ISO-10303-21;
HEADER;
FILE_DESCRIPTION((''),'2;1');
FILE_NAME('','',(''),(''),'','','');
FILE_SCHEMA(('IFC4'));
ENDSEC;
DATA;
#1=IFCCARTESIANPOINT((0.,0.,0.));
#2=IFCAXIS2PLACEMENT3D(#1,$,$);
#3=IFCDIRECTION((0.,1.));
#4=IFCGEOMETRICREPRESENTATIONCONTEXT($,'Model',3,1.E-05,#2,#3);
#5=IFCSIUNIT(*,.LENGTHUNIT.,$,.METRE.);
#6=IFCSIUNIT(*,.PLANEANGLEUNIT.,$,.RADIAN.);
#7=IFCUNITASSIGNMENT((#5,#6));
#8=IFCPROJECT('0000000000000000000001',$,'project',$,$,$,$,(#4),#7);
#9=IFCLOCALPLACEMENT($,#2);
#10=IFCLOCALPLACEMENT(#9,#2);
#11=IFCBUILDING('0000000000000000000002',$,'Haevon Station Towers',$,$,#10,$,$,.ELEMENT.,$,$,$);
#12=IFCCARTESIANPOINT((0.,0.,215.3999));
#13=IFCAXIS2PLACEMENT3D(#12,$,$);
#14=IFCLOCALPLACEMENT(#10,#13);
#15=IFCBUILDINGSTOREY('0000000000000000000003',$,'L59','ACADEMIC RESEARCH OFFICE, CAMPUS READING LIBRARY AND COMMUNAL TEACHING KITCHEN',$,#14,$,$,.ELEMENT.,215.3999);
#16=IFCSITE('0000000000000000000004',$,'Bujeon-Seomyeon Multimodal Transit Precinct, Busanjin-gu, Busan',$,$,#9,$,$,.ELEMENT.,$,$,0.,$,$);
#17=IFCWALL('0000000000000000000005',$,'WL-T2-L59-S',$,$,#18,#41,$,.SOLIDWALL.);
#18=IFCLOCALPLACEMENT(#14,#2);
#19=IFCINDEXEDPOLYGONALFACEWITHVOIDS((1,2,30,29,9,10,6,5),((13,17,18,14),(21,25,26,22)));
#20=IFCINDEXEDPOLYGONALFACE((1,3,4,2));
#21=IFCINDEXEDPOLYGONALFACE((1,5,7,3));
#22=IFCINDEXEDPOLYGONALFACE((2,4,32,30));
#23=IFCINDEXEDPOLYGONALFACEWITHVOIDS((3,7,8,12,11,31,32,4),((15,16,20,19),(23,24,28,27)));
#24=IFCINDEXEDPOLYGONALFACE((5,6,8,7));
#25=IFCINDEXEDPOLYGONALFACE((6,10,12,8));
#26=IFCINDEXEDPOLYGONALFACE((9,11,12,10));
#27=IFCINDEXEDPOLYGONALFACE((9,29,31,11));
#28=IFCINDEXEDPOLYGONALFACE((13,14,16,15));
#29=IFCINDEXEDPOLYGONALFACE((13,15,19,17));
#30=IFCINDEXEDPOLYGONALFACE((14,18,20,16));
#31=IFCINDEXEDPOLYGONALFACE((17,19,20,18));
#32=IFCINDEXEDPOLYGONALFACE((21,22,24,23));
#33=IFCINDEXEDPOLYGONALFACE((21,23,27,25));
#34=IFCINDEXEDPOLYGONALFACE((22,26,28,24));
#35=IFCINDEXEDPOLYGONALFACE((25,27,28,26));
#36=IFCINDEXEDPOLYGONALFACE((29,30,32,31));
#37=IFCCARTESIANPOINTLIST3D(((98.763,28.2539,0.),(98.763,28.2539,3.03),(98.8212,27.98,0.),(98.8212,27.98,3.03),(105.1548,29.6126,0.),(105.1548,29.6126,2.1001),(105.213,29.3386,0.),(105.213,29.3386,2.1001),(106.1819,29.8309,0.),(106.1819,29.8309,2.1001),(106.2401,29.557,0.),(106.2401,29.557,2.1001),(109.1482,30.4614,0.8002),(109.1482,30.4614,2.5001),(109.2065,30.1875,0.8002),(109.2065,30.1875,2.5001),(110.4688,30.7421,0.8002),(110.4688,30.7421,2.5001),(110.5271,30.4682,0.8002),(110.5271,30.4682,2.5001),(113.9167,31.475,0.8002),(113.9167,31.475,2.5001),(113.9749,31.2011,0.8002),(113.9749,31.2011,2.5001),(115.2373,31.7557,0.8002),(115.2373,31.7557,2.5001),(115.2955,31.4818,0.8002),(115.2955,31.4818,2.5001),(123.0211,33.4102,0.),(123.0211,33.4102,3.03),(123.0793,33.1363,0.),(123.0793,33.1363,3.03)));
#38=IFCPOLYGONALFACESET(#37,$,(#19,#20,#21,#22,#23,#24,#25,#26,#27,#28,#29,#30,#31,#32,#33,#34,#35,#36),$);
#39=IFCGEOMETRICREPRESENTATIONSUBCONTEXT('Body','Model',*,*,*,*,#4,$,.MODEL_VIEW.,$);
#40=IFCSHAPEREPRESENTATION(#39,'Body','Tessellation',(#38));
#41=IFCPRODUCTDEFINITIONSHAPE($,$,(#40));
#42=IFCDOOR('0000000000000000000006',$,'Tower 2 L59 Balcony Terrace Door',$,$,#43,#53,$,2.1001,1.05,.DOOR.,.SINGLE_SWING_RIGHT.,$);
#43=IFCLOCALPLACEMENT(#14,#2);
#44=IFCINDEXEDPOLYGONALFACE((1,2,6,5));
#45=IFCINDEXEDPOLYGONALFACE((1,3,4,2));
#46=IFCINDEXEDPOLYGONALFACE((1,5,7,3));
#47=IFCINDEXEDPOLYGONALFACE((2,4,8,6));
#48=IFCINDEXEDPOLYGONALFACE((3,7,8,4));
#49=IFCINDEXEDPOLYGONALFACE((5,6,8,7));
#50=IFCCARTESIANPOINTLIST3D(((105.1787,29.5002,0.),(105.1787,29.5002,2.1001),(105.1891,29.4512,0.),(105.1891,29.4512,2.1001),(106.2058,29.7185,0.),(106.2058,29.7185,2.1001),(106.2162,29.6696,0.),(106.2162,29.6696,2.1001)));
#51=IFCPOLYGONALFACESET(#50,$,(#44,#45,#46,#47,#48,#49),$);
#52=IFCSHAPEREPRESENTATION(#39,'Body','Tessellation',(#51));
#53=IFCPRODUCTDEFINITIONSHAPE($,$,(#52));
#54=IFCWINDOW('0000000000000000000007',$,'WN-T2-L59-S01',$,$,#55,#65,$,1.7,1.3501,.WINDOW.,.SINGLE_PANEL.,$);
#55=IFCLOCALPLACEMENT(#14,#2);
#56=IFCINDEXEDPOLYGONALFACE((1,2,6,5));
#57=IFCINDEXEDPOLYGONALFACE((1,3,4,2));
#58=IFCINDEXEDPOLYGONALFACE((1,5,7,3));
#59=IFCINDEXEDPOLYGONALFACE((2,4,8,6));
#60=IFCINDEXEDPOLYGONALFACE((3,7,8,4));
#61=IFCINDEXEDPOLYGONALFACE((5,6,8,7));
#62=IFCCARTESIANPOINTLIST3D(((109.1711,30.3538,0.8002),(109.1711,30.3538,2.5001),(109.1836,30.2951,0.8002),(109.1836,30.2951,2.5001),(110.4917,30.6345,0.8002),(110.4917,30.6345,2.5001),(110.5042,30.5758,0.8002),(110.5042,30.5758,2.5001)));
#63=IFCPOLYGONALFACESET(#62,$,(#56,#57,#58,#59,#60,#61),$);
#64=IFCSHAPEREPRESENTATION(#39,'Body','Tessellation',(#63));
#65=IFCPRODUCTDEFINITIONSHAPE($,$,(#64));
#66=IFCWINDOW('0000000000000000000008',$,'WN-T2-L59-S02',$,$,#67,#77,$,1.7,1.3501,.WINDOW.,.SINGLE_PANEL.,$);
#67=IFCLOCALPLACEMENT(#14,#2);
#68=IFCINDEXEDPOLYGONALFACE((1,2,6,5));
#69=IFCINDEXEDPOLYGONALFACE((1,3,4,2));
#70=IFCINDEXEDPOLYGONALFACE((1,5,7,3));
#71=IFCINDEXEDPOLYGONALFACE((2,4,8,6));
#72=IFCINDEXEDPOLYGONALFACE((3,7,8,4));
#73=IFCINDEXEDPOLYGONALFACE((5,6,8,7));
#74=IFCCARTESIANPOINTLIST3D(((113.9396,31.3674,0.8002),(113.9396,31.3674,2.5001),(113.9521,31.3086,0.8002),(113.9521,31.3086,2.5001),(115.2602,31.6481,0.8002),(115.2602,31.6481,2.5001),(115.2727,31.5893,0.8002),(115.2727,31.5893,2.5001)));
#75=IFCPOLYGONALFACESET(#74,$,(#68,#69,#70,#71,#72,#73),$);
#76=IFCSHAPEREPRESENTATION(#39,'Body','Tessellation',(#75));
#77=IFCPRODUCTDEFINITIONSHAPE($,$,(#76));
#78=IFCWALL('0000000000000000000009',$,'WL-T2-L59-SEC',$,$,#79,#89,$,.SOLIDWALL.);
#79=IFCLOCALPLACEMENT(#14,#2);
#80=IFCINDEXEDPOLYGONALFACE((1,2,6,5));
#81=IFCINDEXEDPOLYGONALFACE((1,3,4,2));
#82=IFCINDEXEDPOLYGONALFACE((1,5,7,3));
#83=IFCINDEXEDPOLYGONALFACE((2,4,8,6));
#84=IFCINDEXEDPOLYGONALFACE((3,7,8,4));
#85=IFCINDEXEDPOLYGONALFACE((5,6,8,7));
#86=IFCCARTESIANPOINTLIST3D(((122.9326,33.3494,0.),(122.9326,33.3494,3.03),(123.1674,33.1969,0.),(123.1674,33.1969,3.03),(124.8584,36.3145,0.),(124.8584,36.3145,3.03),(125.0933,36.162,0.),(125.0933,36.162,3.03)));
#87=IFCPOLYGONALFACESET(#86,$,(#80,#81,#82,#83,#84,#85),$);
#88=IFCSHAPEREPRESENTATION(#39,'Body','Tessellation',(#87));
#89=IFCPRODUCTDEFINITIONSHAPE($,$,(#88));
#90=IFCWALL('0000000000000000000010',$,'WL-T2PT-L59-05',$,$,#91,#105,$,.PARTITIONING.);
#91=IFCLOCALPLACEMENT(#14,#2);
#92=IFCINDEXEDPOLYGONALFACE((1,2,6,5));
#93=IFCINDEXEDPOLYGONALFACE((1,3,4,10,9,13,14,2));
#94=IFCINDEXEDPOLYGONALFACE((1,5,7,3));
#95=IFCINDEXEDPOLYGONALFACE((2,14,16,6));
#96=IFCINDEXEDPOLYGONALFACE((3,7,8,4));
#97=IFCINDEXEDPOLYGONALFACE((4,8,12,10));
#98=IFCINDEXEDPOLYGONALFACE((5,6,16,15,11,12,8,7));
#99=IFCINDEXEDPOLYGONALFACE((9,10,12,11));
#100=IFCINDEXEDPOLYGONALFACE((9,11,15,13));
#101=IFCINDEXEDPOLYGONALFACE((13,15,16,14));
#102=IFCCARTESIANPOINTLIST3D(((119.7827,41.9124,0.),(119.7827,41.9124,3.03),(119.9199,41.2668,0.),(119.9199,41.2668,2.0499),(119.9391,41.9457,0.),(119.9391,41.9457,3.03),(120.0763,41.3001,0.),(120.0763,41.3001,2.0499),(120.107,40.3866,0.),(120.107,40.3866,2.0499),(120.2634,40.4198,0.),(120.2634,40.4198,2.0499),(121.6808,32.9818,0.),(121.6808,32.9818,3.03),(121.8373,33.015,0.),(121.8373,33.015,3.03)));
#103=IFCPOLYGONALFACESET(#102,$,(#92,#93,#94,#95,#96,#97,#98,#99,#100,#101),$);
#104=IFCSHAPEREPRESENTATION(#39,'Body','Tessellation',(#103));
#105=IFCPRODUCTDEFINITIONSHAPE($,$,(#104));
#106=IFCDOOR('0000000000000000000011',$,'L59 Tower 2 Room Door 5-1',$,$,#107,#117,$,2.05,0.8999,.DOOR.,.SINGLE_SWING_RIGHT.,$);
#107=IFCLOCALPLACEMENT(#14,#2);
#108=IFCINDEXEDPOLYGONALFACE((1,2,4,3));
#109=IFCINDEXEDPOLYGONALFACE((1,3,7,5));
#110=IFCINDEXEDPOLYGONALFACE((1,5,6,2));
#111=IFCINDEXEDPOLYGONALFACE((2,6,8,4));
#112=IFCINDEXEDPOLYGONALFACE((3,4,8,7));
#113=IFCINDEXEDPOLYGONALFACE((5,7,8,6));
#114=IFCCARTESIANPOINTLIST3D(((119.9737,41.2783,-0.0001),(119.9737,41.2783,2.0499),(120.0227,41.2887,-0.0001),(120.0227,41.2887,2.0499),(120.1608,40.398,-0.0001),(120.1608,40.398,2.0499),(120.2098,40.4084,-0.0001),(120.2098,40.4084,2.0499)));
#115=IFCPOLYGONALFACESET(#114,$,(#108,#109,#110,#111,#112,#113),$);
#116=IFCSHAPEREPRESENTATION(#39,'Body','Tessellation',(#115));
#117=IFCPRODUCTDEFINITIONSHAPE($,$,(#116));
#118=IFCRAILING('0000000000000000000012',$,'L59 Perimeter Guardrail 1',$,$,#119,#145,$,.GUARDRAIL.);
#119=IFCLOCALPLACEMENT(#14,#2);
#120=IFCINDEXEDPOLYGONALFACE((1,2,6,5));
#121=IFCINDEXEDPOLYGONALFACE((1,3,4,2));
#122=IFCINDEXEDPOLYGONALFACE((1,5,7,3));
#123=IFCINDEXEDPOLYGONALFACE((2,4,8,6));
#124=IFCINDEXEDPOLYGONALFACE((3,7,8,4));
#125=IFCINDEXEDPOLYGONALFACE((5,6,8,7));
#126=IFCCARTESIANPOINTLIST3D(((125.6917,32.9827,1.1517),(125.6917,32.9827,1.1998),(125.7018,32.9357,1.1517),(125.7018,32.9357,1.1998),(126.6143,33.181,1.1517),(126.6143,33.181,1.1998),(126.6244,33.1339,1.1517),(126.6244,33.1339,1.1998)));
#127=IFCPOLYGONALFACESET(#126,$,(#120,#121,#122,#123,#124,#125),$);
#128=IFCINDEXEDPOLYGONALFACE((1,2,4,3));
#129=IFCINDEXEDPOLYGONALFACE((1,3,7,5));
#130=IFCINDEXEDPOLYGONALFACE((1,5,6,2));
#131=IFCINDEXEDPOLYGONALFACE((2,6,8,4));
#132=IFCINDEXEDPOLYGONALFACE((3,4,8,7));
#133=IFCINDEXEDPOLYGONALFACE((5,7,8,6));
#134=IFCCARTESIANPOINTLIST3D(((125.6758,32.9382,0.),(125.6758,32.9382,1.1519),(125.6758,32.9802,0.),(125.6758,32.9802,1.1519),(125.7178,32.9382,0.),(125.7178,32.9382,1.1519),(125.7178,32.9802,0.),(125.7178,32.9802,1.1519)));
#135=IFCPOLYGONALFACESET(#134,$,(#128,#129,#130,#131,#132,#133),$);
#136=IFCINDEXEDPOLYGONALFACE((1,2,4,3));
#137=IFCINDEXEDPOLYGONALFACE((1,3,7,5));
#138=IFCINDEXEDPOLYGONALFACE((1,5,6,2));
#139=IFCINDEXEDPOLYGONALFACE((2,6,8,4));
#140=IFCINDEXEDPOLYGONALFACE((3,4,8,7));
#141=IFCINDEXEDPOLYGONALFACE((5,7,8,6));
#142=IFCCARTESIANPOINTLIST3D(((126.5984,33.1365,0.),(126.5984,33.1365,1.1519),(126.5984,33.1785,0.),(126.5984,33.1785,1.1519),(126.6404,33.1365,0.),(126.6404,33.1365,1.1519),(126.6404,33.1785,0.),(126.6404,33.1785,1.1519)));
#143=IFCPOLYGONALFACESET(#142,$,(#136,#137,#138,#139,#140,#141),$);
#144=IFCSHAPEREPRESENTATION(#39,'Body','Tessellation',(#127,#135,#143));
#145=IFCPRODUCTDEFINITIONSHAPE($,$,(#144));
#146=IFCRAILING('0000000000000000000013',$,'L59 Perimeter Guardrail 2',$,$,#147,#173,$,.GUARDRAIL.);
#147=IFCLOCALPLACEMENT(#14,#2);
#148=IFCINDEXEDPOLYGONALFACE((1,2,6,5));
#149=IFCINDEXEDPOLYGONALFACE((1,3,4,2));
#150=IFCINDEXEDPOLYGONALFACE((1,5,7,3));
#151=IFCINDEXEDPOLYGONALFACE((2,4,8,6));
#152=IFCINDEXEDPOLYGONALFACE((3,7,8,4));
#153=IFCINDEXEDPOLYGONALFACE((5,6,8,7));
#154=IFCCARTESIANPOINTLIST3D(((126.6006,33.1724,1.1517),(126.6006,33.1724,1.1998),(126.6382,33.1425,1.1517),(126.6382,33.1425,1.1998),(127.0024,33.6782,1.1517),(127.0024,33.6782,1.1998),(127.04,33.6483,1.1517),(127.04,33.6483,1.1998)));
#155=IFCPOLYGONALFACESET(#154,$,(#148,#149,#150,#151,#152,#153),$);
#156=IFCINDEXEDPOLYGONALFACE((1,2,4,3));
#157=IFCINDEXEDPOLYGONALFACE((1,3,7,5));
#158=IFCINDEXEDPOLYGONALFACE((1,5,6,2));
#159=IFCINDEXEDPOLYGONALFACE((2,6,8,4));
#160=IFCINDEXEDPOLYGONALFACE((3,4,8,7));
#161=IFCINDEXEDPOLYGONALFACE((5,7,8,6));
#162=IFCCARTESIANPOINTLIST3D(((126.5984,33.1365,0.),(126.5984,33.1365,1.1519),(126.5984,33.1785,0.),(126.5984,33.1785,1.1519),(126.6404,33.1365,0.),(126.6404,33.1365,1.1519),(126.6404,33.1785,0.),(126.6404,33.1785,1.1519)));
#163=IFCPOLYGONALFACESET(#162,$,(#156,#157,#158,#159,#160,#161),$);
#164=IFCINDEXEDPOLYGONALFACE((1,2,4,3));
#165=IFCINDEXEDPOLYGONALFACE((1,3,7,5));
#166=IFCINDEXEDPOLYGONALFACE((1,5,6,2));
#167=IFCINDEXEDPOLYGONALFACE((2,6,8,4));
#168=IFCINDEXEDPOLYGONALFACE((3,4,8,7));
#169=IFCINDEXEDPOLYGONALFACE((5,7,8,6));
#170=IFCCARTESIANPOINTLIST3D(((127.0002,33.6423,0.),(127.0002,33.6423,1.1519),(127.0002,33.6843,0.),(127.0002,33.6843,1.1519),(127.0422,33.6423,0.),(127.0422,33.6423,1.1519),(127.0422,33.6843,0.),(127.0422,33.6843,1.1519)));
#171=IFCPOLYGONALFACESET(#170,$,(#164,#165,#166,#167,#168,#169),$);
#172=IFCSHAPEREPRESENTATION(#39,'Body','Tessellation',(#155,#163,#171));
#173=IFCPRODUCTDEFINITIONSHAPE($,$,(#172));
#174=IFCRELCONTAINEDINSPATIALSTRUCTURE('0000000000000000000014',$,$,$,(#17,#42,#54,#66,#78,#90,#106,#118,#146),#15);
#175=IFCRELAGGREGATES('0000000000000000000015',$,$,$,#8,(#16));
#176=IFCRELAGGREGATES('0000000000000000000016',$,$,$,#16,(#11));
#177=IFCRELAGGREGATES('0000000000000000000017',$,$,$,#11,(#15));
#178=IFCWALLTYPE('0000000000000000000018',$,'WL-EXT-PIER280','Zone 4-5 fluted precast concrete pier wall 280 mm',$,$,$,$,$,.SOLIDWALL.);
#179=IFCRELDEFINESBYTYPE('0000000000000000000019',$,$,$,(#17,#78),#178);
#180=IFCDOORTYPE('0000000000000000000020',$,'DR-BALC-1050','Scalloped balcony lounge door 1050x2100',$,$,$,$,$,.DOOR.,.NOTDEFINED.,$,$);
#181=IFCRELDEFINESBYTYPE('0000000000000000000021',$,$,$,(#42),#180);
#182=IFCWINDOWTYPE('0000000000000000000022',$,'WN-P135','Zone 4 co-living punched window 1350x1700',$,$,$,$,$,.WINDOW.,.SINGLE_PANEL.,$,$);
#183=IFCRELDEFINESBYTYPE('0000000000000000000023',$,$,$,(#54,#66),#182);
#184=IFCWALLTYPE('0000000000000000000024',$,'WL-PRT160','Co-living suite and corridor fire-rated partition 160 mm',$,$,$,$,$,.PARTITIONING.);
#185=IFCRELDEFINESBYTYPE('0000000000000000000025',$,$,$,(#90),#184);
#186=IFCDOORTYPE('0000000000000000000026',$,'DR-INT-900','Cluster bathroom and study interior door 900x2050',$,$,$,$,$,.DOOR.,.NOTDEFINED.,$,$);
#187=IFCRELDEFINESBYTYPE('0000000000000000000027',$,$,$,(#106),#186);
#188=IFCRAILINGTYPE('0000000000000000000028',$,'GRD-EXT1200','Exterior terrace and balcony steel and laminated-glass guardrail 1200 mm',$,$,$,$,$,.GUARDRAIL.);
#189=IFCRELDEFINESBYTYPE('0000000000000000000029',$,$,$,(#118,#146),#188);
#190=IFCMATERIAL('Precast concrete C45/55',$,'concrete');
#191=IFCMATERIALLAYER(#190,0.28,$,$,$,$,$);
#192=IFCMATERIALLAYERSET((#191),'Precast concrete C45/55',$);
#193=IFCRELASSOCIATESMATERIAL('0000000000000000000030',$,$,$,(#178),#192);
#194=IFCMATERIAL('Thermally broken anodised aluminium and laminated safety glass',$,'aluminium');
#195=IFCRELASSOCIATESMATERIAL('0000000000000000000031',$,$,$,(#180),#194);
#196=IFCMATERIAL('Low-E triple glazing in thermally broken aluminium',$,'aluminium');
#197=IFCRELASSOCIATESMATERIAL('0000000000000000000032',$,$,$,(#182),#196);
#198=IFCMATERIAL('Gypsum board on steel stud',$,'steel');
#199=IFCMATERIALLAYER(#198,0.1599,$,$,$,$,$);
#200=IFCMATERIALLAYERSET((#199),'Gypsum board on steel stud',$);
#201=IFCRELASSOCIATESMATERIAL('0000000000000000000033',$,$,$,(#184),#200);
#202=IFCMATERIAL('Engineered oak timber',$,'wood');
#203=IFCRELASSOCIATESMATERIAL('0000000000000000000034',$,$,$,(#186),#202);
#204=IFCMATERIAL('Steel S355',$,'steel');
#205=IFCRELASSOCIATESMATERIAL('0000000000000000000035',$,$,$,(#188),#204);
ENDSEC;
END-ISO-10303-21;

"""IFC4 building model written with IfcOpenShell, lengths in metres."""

from ifc_helpers import new_model, si_unit, direction, frame, frame_2d, origin, origin_2d, place, context, subcontext, project, spatial, rectangle, extrude, material, layer, layer_set, type_object, element, fill, save


model = new_model("IFC4")

# Units and contexts
model_context = context("Model", 3, precision=1e-05, world=origin(), true_north=direction((0.0, 1.0)))
body_context = subcontext(model_context, "Body", "Model", "MODEL_VIEW")
ifc_project = project(units=[si_unit("LENGTHUNIT", "METRE"), si_unit("PLANEANGLEUNIT", "RADIAN")], contexts=[model_context])

# Site, building, storey
site_placement = place(None, origin())
site = spatial("IfcSite", under=ifc_project, at=site_placement, Name="Bujeon-Seomyeon Multimodal Transit Precinct, Busanjin-gu, Busan", CompositionType="ELEMENT", RefElevation=0.0)
building_placement = place(site_placement, origin())
building = spatial("IfcBuilding", under=site, at=building_placement, Name="Haevon Station Towers", CompositionType="ELEMENT")
storey_placement = place(building_placement, frame((0.0, 0.0, 215.3999)))
storey = spatial("IfcBuildingStorey", under=building, at=storey_placement, Name="L59", Description="ACADEMIC RESEARCH OFFICE, CAMPUS READING LIBRARY AND COMMUNAL TEACHING KITCHEN", CompositionType="ELEMENT", Elevation=215.3999)

# Shared definitions
ifc_material_1 = material(Name="Steel S355", Category="steel")

# Wall, openings, door, windows
ifc_material_2 = material(Name="Precast concrete C45/55", Category="concrete")
ifc_layer_1 = layer(ifc_material_2, 0.28)
ifc_layer_set_1 = layer_set([ifc_layer_1], Name="Precast concrete C45/55")
wall_type_1 = type_object("IfcWallType", Name="WL-EXT-PIER280", Description="Zone 4-5 fluted precast concrete pier wall 280 mm", PredefinedType="SOLIDWALL", material=ifc_layer_set_1)
wall_1_placement = place(storey_placement, frame((123.05, 33.2732, 0.0), z_axis=(0.0, 0.0, 1.0), x_axis=(-0.978147, -0.207913, 0.0)))
wall_1 = element("IfcWall", 1, at=wall_1_placement, inside=storey, type_object=wall_type_1, Name="WL-T2-L59-S", PredefinedType="SOLIDWALL", context=body_context, shape_type="SweptSolid", body=[
    extrude(rectangle(XDim=24.8, YDim=0.28, at=frame_2d((12.3999, 0.0))), origin(), (0.0, 0.0, 1.0), 3.03),
])
opening_1_placement = place(wall_1_placement, frame((17.2153, 0.0, 0.0)))
opening_1 = element("IfcOpeningElement", 2, at=opening_1_placement, cuts=wall_1, PredefinedType="OPENING", context=body_context, shape_type="SweptSolid", body=[
    extrude(rectangle(XDim=1.05, YDim=2.1001, at=frame_2d((0.5249, 1.05))), frame((0.0, 0.1499, 0.0), z_axis=(0.0, -1.0, 0.0), x_axis=(1.0, 0.0, 0.0)), (0.0, 0.0, 1.0), 0.3),
])
opening_2_placement = place(wall_1_placement, frame((12.8325, 0.0, 0.8)))
opening_2 = element("IfcOpeningElement", 3, at=opening_2_placement, cuts=wall_1, PredefinedType="OPENING", context=body_context, shape_type="SweptSolid", body=[
    extrude(rectangle(XDim=1.3501, YDim=1.7, at=frame_2d((0.675, 0.8501))), frame((0.0, 0.1499, 0.0), z_axis=(0.0, -1.0, 0.0), x_axis=(1.0, 0.0, 0.0)), (0.0, 0.0, 1.0), 0.3),
])
opening_3_placement = place(wall_1_placement, frame((7.9575, 0.0, 0.8)))
opening_3 = element("IfcOpeningElement", 4, at=opening_3_placement, cuts=wall_1, PredefinedType="OPENING", context=body_context, shape_type="SweptSolid", body=[
    extrude(rectangle(XDim=1.3501, YDim=1.7, at=frame_2d((0.675, 0.8501))), frame((0.0, 0.1499, 0.0), z_axis=(0.0, -1.0, 0.0), x_axis=(1.0, 0.0, 0.0)), (0.0, 0.0, 1.0), 0.3),
])
ifc_material_3 = material(Name="Thermally broken anodised aluminium and laminated safety glass", Category="aluminium")
door_type_1 = type_object("IfcDoorType", Name="DR-BALC-1050", Description="Scalloped balcony lounge door 1050x2100", OperationType="NOTDEFINED", PredefinedType="DOOR", material=ifc_material_3)
door_1_placement = place(opening_1_placement, origin())
door_1 = element("IfcDoor", 5, at=door_1_placement, inside=storey, type_object=door_type_1, Name="Tower 2 L59 Balcony Terrace Door", OperationType="SINGLE_SWING_RIGHT", OverallHeight=2.1001, OverallWidth=1.05, PredefinedType="DOOR", context=body_context, shape_type="SweptSolid", body=[
    extrude(rectangle(XDim=1.05, YDim=2.1001, at=frame_2d((0.5249, 1.05))), frame((0.0, 0.0249, 0.0), z_axis=(0.0, -1.0, 0.0), x_axis=(1.0, 0.0, 0.0)), (0.0, 0.0, 1.0), 0.05),
])
fill(opening_1, door_1)
ifc_material_4 = material(Name="Low-E triple glazing in thermally broken aluminium", Category="aluminium")
window_type = type_object("IfcWindowType", Name="WN-P135", Description="Zone 4 co-living punched window 1350x1700", PartitioningType="SINGLE_PANEL", PredefinedType="WINDOW", material=ifc_material_4)
window_1_placement = place(opening_2_placement, origin())
window_1 = element("IfcWindow", 6, at=window_1_placement, inside=storey, type_object=window_type, Name="WN-T2-L59-S01", OverallHeight=1.7, OverallWidth=1.3501, PartitioningType="SINGLE_PANEL", PredefinedType="WINDOW", context=body_context, shape_type="SweptSolid", body=[
    extrude(rectangle(XDim=1.3501, YDim=1.7, at=frame_2d((0.675, 0.8501))), frame((0.0, 0.03, 0.0), z_axis=(0.0, -1.0, 0.0), x_axis=(1.0, 0.0, 0.0)), (0.0, 0.0, 1.0), 0.0601),
])
fill(opening_2, window_1)
window_2_placement = place(opening_3_placement, origin())
window_2 = element("IfcWindow", 7, at=window_2_placement, inside=storey, type_object=window_type, Name="WN-T2-L59-S02", OverallHeight=1.7, OverallWidth=1.3501, PartitioningType="SINGLE_PANEL", PredefinedType="WINDOW", context=body_context, shape_type="SweptSolid", body=[
    extrude(rectangle(XDim=1.3501, YDim=1.7, at=frame_2d((0.675, 0.8501))), frame((0.0, 0.03, 0.0), z_axis=(0.0, -1.0, 0.0), x_axis=(1.0, 0.0, 0.0)), (0.0, 0.0, 1.0), 0.0601),
])
fill(opening_3, window_2)

# Wall
wall_2_placement = place(storey_placement, frame((124.9758, 36.2383, 0.0), z_axis=(0.0, 0.0, 1.0), x_axis=(-0.544685, -0.838641, 0.0)))
element("IfcWall", 8, at=wall_2_placement, inside=storey, type_object=wall_type_1, Name="WL-T2-L59-SEC", PredefinedType="SOLIDWALL", context=body_context, shape_type="SweptSolid", body=[
    extrude(rectangle(XDim=3.5356, YDim=0.28, at=frame_2d((1.7678, 0.0))), origin(), (0.0, 0.0, 1.0), 3.03),
])

# Wall, opening, door
ifc_material_5 = material(Name="Gypsum board on steel stud", Category="steel")
ifc_layer_2 = layer(ifc_material_5, 0.1599)
ifc_layer_set_2 = layer_set([ifc_layer_2], Name="Gypsum board on steel stud")
wall_type_2 = type_object("IfcWallType", Name="WL-PRT160", Description="Co-living suite and corridor fire-rated partition 160 mm", PredefinedType="PARTITIONING", material=ifc_layer_set_2)
wall_3_placement = place(storey_placement, frame((121.759, 32.9985, 0.0), z_axis=(0.0, 0.0, 1.0), x_axis=(-0.207904, 0.978149, 0.0)))
wall_3 = element("IfcWall", 9, at=wall_3_placement, inside=storey, type_object=wall_type_2, Name="WL-T2PT-L59-05", PredefinedType="PARTITIONING", context=body_context, shape_type="SweptSolid", body=[
    extrude(rectangle(XDim=9.1301, YDim=0.1599, at=frame_2d((4.5649, 0.0))), origin(), (0.0, 0.0, 1.0), 3.03),
])
opening_4_placement = place(wall_3_placement, frame((7.5701, 0.0, 0.0)))
opening_4 = element("IfcOpeningElement", 10, at=opening_4_placement, cuts=wall_3, PredefinedType="OPENING", context=body_context, shape_type="SweptSolid", body=[
    extrude(rectangle(XDim=0.8999, YDim=2.05, at=frame_2d((0.45, 1.0249))), frame((0.0, 0.0898, 0.0), z_axis=(0.0, -1.0, 0.0), x_axis=(1.0, 0.0, 0.0)), (0.0, 0.0, 1.0), 0.1799),
])
ifc_material_6 = material(Name="Engineered oak timber", Category="wood")
door_type_2 = type_object("IfcDoorType", Name="DR-INT-900", Description="Cluster bathroom and study interior door 900x2050", OperationType="NOTDEFINED", PredefinedType="DOOR", material=ifc_material_6)
door_2_placement = place(opening_4_placement, origin())
door_2 = element("IfcDoor", 11, at=door_2_placement, inside=storey, type_object=door_type_2, Name="L59 Tower 2 Room Door 5-1", OperationType="SINGLE_SWING_RIGHT", OverallHeight=2.05, OverallWidth=0.8999, PredefinedType="DOOR", context=body_context, shape_type="SweptSolid", body=[
    extrude(rectangle(XDim=0.8999, YDim=2.05, at=frame_2d((0.45, 1.0249))), frame((0.0, 0.0249, 0.0), z_axis=(0.0, -1.0, 0.0), x_axis=(1.0, 0.0, 0.0)), (0.0, 0.0, 1.0), 0.05),
])
fill(opening_4, door_2)

# Railings
railing_type = type_object("IfcRailingType", Name="GRD-EXT1200", Description="Exterior terrace and balcony steel and laminated-glass guardrail 1200 mm", PredefinedType="GUARDRAIL", material=ifc_material_1)
railing_1_placement = place(storey_placement, frame((125.6968, 32.9592, 0.0)))
element("IfcRailing", 12, at=railing_1_placement, inside=storey, type_object=railing_type, Name="L59 Perimeter Guardrail 1", PredefinedType="GUARDRAIL", context=body_context, shape_type="SweptSolid", body=[
    extrude(rectangle(XDim=0.0481, YDim=0.0481, at=origin_2d()), frame((0.0, 0.0, 1.1758), z_axis=(0.977685, 0.210077, 0.0), x_axis=(-0.210077, 0.977685, 0.0)), (0.0, 0.0, 1.0), 0.9436),
    extrude(rectangle(XDim=0.042, YDim=0.042, at=origin_2d()), origin(), (0.0, 0.0, 1.0), 1.1519),
    extrude(rectangle(XDim=0.042, YDim=0.042, at=origin_2d()), frame((0.9226, 0.1982, 0.0)), (0.0, 0.0, 1.0), 1.1519),
])
railing_2_placement = place(storey_placement, frame((126.6194, 33.1575, 0.0)))
element("IfcRailing", 13, at=railing_2_placement, inside=storey, type_object=railing_type, Name="L59 Perimeter Guardrail 2", PredefinedType="GUARDRAIL", context=body_context, shape_type="SweptSolid", body=[
    extrude(rectangle(XDim=0.0481, YDim=0.0481, at=origin_2d()), frame((0.0, 0.0, 1.1758), z_axis=(0.622018, 0.783003, 0.0), x_axis=(-0.783003, 0.622018, 0.0)), (0.0, 0.0, 1.0), 0.646),
    extrude(rectangle(XDim=0.042, YDim=0.042, at=origin_2d()), origin(), (0.0, 0.0, 1.0), 1.1519),
    extrude(rectangle(XDim=0.042, YDim=0.042, at=origin_2d()), frame((0.4019, 0.5059, 0.0)), (0.0, 0.0, 1.0), 1.1519),
])

save(model, "model.ifc")
